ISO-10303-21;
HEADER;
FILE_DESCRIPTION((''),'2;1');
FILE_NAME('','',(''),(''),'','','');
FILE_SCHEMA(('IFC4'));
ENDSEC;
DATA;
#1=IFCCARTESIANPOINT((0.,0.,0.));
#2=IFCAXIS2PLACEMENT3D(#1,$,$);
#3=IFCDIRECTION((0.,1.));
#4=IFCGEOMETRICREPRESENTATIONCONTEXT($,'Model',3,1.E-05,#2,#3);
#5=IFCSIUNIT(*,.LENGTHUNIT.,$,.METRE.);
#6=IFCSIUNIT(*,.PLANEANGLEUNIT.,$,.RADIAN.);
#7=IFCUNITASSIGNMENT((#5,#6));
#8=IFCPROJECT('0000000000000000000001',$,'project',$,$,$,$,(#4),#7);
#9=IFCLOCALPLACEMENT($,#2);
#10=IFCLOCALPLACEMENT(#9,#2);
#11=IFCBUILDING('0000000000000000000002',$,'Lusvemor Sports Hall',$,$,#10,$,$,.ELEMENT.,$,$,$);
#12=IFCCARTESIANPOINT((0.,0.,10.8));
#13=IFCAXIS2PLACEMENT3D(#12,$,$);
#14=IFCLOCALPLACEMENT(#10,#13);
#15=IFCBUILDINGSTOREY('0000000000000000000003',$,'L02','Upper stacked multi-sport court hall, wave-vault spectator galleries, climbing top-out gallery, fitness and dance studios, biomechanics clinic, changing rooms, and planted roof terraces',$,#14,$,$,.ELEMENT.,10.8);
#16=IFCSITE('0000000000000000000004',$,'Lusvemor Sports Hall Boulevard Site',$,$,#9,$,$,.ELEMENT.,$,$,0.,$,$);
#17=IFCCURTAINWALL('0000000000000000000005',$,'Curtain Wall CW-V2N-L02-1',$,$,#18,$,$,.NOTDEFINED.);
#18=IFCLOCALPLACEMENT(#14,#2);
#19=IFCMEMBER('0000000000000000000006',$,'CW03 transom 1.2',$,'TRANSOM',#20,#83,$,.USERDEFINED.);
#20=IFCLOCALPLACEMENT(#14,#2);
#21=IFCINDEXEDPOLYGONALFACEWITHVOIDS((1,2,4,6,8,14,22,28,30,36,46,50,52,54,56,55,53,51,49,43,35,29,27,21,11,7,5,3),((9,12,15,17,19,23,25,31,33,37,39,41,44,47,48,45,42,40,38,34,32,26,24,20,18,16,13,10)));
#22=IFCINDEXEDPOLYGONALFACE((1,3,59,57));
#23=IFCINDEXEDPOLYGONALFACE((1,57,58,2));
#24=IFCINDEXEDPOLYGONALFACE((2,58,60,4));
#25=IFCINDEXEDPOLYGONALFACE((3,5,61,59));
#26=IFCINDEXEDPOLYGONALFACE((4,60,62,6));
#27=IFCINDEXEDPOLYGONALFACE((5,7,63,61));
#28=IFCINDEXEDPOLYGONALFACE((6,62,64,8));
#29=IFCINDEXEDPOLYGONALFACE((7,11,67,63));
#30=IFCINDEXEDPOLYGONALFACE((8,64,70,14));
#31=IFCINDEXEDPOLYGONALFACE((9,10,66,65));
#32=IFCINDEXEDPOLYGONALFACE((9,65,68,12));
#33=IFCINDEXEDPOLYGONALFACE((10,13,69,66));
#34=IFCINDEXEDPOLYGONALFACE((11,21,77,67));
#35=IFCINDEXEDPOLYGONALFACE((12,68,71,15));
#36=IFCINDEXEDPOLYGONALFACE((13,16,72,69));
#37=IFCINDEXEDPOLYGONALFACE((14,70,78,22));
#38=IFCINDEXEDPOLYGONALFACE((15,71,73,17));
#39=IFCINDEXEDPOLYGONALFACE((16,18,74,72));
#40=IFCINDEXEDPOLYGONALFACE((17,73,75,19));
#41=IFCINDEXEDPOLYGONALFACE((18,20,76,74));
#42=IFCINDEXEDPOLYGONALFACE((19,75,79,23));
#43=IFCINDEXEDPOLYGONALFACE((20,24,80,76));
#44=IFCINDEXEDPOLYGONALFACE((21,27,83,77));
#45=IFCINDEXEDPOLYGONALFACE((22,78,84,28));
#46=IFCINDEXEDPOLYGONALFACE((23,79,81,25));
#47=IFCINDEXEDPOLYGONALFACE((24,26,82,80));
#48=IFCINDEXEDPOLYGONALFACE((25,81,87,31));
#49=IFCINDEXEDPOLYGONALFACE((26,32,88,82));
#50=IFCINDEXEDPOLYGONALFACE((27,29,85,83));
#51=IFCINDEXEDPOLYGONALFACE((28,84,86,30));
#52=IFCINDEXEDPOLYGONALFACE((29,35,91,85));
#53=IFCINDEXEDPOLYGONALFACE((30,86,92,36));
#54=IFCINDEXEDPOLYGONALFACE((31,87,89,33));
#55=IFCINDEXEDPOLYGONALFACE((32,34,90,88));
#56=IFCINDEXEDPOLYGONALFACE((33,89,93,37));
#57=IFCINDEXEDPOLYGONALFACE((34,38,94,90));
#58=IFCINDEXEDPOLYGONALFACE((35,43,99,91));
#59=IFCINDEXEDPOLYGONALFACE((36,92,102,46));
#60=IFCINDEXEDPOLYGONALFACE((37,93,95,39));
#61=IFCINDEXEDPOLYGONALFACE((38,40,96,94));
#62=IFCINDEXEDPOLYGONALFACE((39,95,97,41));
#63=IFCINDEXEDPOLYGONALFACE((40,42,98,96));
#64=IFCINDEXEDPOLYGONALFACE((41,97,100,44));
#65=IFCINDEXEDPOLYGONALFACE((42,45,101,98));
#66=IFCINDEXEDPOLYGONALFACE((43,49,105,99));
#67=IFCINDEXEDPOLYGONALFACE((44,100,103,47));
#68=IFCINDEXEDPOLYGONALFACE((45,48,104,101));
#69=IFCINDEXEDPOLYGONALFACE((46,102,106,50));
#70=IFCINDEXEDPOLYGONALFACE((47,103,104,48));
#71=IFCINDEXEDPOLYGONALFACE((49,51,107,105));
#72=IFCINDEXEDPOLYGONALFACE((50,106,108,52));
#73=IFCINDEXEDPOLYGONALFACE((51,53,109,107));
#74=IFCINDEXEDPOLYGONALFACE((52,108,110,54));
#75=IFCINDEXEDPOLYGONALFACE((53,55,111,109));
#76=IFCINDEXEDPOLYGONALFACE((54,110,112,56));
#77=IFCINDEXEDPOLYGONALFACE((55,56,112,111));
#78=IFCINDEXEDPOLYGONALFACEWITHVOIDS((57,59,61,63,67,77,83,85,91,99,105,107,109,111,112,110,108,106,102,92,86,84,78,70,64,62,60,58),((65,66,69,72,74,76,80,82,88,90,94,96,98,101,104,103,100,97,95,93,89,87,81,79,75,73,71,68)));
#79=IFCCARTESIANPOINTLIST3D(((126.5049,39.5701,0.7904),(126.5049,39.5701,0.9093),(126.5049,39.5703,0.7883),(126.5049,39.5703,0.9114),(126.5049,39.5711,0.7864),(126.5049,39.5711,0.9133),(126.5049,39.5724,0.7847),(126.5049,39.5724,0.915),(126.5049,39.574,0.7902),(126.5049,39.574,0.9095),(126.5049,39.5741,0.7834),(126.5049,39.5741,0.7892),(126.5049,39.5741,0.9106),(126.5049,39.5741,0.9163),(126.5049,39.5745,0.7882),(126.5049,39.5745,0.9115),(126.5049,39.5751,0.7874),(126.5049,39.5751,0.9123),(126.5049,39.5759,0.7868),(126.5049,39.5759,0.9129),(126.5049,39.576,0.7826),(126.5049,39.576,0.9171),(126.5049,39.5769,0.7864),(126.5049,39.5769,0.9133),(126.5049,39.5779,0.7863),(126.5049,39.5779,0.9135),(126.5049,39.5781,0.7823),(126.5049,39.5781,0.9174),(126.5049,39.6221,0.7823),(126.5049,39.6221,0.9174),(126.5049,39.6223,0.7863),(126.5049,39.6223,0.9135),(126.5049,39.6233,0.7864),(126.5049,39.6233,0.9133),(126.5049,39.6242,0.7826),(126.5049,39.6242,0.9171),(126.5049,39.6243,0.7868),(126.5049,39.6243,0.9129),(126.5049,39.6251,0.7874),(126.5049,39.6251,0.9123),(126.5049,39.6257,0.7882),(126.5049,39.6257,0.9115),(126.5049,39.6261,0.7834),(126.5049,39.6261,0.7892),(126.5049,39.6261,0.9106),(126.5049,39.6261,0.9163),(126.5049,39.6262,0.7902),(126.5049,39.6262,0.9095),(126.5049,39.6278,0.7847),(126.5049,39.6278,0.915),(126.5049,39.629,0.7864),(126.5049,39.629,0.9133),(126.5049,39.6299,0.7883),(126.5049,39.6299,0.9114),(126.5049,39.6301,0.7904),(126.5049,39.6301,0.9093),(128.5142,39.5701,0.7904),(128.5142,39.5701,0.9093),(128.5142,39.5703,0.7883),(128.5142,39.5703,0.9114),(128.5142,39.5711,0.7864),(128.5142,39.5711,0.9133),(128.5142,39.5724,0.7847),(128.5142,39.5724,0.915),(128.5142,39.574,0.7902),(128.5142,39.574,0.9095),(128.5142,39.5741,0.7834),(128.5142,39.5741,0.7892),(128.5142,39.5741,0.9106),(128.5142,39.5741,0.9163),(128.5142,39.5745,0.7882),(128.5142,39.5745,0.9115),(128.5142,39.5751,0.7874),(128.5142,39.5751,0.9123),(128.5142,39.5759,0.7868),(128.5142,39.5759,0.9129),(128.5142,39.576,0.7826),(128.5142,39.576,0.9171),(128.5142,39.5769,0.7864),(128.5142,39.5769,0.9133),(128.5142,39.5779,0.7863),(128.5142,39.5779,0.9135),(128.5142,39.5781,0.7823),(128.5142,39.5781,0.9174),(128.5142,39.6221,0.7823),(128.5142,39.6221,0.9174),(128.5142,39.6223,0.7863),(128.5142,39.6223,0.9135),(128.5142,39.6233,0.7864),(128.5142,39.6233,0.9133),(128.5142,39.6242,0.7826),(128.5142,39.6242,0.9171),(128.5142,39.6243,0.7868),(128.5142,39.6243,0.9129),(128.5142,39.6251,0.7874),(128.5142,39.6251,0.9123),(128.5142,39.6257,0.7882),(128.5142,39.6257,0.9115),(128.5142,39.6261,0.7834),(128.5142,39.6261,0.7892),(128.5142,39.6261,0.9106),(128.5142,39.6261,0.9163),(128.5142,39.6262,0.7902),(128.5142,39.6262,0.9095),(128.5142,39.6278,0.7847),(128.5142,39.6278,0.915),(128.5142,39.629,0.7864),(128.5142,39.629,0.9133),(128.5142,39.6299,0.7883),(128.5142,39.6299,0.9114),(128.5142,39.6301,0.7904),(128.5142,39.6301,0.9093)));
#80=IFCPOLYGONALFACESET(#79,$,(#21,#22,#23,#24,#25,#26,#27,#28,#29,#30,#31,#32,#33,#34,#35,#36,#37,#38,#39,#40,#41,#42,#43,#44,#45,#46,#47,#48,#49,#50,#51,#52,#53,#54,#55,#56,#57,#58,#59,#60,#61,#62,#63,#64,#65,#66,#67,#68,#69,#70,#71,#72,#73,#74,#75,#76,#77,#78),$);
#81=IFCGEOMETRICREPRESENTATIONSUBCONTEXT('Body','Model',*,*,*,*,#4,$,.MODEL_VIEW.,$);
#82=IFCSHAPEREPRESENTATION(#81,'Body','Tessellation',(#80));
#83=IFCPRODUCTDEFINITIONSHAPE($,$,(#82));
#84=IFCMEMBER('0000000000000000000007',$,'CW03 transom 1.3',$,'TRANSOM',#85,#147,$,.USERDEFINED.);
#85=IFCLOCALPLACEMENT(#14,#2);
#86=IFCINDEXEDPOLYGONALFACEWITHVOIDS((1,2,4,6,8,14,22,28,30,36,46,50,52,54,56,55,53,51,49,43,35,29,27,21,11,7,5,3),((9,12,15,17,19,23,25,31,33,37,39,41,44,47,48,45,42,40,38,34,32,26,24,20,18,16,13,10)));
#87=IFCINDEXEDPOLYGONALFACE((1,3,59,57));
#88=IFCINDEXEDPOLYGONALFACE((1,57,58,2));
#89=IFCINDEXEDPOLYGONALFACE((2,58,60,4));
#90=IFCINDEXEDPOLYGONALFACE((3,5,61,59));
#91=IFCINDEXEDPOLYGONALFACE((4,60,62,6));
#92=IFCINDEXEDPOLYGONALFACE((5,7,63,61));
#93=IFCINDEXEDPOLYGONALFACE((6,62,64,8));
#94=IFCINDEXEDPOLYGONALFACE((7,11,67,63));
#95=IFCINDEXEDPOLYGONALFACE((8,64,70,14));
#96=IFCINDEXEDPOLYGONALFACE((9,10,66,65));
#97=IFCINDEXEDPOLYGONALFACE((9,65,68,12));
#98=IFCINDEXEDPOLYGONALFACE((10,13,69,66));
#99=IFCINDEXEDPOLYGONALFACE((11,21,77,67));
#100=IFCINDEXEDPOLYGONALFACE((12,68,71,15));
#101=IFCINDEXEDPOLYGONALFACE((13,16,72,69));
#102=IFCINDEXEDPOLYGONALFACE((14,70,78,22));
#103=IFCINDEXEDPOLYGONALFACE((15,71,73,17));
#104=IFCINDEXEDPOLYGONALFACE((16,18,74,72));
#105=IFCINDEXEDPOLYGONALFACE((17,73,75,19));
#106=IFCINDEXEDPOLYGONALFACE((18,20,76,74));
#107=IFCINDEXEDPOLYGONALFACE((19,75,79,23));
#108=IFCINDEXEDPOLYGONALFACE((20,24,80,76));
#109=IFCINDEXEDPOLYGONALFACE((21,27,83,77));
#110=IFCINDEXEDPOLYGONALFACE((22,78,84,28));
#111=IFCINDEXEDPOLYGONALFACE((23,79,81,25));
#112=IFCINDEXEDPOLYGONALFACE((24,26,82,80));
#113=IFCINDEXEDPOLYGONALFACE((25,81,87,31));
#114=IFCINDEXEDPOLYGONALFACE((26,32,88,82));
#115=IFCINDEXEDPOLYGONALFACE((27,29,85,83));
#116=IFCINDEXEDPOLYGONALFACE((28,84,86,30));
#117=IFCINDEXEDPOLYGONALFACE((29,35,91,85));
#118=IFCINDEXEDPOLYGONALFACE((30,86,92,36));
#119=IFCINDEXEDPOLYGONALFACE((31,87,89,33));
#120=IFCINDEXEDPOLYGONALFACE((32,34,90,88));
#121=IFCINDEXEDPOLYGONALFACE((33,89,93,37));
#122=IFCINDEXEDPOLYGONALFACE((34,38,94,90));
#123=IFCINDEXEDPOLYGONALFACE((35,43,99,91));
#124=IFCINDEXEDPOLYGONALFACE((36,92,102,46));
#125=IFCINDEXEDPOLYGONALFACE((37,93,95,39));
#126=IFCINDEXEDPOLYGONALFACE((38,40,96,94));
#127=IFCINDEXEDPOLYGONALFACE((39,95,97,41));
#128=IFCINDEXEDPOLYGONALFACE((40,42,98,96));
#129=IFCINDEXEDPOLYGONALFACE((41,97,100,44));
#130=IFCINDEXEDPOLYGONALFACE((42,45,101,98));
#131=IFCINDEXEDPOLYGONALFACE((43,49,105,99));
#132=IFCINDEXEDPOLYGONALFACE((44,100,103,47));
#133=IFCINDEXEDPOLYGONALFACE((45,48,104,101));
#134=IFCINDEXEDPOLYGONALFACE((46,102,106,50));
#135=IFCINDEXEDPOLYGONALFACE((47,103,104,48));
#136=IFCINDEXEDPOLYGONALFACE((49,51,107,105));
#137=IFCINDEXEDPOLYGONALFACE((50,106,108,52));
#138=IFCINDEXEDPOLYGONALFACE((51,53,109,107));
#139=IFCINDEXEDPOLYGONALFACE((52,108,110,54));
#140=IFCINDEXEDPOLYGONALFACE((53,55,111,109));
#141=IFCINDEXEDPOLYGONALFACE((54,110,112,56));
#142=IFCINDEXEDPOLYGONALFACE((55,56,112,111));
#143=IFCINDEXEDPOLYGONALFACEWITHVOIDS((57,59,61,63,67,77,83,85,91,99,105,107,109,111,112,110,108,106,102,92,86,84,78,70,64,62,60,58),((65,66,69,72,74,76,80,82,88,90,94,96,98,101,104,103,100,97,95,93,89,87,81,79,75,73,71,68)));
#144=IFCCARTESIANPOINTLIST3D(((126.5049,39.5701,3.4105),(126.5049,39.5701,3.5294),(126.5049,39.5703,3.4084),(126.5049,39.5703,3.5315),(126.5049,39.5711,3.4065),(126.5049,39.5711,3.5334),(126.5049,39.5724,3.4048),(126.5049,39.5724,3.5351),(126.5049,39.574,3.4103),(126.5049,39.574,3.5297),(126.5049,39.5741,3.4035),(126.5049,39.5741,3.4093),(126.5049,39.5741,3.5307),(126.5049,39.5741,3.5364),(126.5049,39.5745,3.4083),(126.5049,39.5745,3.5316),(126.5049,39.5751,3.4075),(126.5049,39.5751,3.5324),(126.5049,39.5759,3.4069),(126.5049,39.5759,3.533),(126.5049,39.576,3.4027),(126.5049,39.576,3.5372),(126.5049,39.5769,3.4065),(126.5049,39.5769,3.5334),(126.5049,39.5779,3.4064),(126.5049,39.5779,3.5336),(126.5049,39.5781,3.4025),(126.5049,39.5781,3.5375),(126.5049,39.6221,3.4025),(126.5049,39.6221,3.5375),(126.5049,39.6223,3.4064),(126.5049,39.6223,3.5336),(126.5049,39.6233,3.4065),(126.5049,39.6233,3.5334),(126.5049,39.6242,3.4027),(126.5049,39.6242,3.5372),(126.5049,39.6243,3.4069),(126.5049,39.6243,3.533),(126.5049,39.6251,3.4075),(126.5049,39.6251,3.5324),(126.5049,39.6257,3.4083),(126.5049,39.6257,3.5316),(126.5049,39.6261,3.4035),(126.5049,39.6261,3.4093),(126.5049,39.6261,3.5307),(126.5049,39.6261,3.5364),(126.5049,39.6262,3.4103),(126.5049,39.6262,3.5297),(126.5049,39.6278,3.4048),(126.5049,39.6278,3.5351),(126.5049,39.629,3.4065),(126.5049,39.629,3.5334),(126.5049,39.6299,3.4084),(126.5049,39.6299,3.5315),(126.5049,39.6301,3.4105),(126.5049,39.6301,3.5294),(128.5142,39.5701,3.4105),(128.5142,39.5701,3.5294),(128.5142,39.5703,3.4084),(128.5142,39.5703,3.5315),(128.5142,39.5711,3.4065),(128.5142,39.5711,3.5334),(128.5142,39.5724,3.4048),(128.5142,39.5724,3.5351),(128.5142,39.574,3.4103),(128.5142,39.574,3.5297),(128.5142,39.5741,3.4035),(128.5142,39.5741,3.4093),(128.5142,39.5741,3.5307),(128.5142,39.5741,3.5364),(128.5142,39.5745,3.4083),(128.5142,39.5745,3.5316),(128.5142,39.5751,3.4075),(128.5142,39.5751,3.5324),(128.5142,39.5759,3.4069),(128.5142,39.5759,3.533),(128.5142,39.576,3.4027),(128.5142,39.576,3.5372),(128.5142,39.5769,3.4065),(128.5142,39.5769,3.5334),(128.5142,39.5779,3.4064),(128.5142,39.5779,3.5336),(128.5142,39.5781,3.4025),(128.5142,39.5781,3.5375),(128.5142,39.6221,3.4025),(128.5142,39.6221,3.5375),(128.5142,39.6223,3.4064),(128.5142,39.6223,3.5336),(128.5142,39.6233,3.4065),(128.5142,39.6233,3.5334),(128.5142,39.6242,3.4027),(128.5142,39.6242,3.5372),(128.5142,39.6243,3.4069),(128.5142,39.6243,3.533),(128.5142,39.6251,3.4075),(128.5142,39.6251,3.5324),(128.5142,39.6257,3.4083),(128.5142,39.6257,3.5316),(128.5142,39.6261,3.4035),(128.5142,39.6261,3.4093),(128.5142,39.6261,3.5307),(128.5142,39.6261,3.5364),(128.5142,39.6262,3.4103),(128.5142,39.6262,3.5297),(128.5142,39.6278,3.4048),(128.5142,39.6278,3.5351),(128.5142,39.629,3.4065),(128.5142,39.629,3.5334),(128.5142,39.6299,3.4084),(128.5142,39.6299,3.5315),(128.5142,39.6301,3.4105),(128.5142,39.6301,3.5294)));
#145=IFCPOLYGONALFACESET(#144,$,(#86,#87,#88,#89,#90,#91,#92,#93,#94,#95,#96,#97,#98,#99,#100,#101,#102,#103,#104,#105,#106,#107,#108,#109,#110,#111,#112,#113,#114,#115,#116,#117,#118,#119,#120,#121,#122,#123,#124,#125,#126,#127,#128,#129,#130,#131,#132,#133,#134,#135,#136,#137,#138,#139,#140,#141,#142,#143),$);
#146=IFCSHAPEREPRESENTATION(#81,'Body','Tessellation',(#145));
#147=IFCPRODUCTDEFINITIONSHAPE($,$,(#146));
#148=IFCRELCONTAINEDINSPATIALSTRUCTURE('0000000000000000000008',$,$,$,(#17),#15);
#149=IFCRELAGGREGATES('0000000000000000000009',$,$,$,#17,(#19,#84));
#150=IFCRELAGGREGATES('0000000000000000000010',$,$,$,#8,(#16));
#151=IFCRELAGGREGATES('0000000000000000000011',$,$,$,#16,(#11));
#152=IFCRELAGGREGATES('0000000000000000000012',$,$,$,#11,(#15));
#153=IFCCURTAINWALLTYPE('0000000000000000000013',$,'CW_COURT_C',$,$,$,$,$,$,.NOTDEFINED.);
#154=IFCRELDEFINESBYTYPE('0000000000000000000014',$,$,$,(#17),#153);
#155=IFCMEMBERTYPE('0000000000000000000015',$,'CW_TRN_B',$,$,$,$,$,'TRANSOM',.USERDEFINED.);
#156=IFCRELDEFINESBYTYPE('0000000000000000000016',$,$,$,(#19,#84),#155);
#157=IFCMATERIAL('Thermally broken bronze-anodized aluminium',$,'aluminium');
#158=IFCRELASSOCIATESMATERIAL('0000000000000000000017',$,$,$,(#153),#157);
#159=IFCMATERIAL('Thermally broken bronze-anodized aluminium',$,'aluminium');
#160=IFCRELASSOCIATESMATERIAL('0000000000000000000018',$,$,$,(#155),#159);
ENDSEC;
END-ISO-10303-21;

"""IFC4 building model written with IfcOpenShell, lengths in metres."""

from ifc_helpers import new_model, si_unit, direction, frame, origin, origin_2d, place, context, subcontext, project, spatial, hollow_rectangle, extrude, material, material_profile, profile_set, type_object, element, aggregate, save


model = new_model("IFC4")

# Units and contexts
model_context = context("Model", 3, precision=1e-05, world=origin(), true_north=direction((0.0, 1.0)))
body_context = subcontext(model_context, "Body", "Model", "MODEL_VIEW")
ifc_project = project(units=[si_unit("LENGTHUNIT", "METRE"), si_unit("PLANEANGLEUNIT", "RADIAN")], contexts=[model_context])

# Site, building, storey
site_placement = place(None, origin())
site = spatial("IfcSite", under=ifc_project, at=site_placement, Name="Lusvemor Sports Hall Boulevard Site", CompositionType="ELEMENT", RefElevation=0.0)
building_placement = place(site_placement, origin())
building = spatial("IfcBuilding", under=site, at=building_placement, Name="Lusvemor Sports Hall", CompositionType="ELEMENT")
storey_placement = place(building_placement, frame((0.0, 0.0, 10.8)))
storey = spatial("IfcBuildingStorey", under=building, at=storey_placement, Name="L02", Description="Upper stacked multi-sport court hall, wave-vault spectator galleries, climbing top-out gallery, fitness and dance studios, biomechanics clinic, changing rooms, and planted roof terraces", CompositionType="ELEMENT", Elevation=10.8)

# Curtain wall
ifc_material_1 = material(Name="Thermally broken bronze-anodized aluminium", Category="aluminium")
curtain_wall_type_1 = type_object("IfcCurtainWallType", Name="CW_COURT_C", PredefinedType="NOTDEFINED", material=ifc_material_1)
curtain_wall_1_placement = place(storey_placement, origin())
curtain_wall_1 = element("IfcCurtainWall", 1, at=curtain_wall_1_placement, inside=storey, type_object=curtain_wall_type_1, Name="Curtain Wall CW-V2N-L02-1", PredefinedType="NOTDEFINED")

# Members
ifc_material_2 = material(Name="Thermally broken bronze-anodized aluminium", Category="aluminium")
ifc_material_profile_1 = material_profile(ifc_material_2, hollow_rectangle(XDim=0.0601, YDim=0.135, WallThickness=0.0039, InnerFilletRadius=0.0039, OuterFilletRadius=0.0081, at=origin_2d()), Name="CWTRN135x60x4")
ifc_profile_set_1 = profile_set([ifc_material_profile_1], Name="Thermally broken bronze-anodized aluminium")
member_type_1 = type_object("IfcMemberType", Name="CW_TRN_B", ElementType="TRANSOM", PredefinedType="USERDEFINED", material=ifc_profile_set_1)
member_1_placement = place(storey_placement, frame((126.5049, 39.6001, 0.8499), z_axis=(1.0, 0.0, 0.0), x_axis=(0.0, 1.0, 0.0)))
member_1 = element("IfcMember", 2, at=member_1_placement, type_object=member_type_1, Name="CW03 transom 1.2", ObjectType="TRANSOM", PredefinedType="USERDEFINED", context=body_context, shape_type="SweptSolid", body=[
    extrude(hollow_rectangle(XDim=0.0601, YDim=0.135, WallThickness=0.0039, InnerFilletRadius=0.0039, OuterFilletRadius=0.0081, at=origin_2d()), origin(), (0.0, 0.0, 1.0), 2.0093),
])
member_2_placement = place(storey_placement, frame((126.5049, 39.6001, 3.47), z_axis=(1.0, 0.0, 0.0), x_axis=(0.0, 1.0, 0.0)))
member_2 = element("IfcMember", 3, at=member_2_placement, type_object=member_type_1, Name="CW03 transom 1.3", ObjectType="TRANSOM", PredefinedType="USERDEFINED", context=body_context, shape_type="SweptSolid", body=[
    extrude(hollow_rectangle(XDim=0.0601, YDim=0.135, WallThickness=0.0039, InnerFilletRadius=0.0039, OuterFilletRadius=0.0081, at=origin_2d()), origin(), (0.0, 0.0, 1.0), 2.0093),
])

aggregate(curtain_wall_1, [member_1, member_2])

save(model, "model.ifc")
